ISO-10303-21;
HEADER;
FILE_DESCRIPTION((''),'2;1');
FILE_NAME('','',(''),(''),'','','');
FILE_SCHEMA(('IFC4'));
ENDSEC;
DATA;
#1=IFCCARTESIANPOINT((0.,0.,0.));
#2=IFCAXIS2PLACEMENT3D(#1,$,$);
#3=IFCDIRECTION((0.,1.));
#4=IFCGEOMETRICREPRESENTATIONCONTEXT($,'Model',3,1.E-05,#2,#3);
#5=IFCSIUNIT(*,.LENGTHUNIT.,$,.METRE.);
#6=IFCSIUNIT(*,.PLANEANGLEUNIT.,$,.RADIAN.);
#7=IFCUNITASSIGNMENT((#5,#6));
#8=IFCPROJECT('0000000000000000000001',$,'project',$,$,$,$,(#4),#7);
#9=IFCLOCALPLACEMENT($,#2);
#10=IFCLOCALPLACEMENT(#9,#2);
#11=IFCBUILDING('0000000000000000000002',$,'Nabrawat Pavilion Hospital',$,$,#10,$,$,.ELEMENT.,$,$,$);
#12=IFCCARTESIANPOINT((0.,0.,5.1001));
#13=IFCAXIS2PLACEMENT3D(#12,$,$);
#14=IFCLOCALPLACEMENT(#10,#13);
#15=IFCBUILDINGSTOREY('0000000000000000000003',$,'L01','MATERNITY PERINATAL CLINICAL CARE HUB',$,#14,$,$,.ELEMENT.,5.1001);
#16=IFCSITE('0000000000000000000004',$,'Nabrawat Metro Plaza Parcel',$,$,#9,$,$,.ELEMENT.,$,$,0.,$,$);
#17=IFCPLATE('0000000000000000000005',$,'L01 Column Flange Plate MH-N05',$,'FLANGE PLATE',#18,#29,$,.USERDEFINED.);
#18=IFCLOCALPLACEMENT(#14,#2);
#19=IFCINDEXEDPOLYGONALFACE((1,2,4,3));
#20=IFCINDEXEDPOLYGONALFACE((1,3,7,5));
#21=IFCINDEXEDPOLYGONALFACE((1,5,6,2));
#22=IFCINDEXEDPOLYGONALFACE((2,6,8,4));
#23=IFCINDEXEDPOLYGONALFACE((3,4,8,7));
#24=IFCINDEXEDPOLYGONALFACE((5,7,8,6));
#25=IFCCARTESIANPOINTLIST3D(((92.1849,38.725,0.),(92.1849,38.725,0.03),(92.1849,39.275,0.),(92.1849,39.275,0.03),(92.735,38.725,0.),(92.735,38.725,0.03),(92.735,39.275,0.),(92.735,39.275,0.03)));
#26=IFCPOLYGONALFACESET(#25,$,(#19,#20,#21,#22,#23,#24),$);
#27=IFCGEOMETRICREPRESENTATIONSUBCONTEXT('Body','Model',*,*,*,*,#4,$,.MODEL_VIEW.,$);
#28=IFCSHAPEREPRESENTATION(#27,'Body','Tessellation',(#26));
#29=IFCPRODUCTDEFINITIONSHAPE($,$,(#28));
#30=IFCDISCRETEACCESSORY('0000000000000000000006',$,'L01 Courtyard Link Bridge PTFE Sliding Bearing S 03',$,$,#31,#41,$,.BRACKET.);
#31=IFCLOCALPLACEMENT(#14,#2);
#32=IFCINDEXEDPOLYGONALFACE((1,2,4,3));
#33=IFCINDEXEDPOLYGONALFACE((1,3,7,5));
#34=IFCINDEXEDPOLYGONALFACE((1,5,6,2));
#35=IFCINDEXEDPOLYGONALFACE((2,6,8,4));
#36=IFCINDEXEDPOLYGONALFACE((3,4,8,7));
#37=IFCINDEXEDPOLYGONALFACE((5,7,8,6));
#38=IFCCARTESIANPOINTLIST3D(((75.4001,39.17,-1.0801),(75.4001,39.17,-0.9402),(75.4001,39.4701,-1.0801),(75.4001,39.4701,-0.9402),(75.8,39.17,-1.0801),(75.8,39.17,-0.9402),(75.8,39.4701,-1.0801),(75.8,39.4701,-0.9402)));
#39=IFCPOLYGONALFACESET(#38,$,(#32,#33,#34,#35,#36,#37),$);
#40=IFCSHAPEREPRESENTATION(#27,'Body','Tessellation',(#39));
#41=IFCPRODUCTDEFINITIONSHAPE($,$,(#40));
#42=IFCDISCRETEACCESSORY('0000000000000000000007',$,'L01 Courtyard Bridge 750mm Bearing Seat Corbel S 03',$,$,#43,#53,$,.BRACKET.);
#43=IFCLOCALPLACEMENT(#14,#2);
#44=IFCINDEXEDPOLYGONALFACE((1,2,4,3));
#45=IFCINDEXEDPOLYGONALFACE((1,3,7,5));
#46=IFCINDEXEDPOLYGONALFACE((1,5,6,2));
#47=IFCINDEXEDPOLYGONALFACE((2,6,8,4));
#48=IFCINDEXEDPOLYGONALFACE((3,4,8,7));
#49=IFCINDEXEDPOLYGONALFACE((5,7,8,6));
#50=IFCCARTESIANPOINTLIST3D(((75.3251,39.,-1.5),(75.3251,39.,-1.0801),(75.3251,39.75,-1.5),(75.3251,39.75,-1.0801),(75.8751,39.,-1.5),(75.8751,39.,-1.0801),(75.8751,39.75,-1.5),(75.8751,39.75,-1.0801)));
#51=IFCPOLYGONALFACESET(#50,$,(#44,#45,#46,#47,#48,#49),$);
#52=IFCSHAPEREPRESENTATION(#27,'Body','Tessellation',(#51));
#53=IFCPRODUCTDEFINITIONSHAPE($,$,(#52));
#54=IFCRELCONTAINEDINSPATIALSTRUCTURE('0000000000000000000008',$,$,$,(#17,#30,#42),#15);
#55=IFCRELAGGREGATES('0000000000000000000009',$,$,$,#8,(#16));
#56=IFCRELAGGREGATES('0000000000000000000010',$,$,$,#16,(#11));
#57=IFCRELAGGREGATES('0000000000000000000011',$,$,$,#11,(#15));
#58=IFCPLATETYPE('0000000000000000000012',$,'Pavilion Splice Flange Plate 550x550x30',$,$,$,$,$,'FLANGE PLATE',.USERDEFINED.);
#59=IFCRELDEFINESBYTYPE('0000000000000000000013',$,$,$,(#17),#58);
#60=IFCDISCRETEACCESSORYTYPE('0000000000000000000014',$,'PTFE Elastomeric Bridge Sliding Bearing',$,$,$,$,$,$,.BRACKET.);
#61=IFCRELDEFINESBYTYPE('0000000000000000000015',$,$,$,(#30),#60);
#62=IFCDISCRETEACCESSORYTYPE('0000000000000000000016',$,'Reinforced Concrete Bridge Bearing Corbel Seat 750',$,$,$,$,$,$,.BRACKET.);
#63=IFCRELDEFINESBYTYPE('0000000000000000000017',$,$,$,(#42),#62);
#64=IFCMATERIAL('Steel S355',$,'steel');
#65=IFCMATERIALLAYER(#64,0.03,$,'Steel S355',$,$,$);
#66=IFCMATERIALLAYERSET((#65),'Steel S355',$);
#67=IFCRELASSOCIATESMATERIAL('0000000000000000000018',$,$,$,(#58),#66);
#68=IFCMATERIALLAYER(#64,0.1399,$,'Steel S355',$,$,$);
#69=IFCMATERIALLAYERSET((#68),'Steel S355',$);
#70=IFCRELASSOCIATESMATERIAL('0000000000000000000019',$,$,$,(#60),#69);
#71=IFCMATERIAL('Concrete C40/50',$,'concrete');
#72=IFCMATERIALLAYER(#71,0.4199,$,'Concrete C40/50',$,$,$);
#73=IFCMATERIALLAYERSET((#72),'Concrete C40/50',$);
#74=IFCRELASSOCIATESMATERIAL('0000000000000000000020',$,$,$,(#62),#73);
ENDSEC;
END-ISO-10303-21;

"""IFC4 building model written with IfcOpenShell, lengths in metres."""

from ifc_helpers import new_model, si_unit, direction, frame, origin, origin_2d, place, context, subcontext, project, spatial, rectangle, extrude, material, layer, layer_set, type_object, element, save


model = new_model("IFC4")

# Units and contexts
model_context = context("Model", 3, precision=1e-05, world=origin(), true_north=direction((0.0, 1.0)))
body_context = subcontext(model_context, "Body", "Model", "MODEL_VIEW")
ifc_project = project(units=[si_unit("LENGTHUNIT", "METRE"), si_unit("PLANEANGLEUNIT", "RADIAN")], contexts=[model_context])

# Site, building, storey
site_placement = place(None, origin())
site = spatial("IfcSite", under=ifc_project, at=site_placement, Name="Nabrawat Metro Plaza Parcel", CompositionType="ELEMENT", RefElevation=0.0)
building_placement = place(site_placement, origin())
building = spatial("IfcBuilding", under=site, at=building_placement, Name="Nabrawat Pavilion Hospital", CompositionType="ELEMENT")
storey_placement = place(building_placement, frame((0.0, 0.0, 5.1001)))
storey = spatial("IfcBuildingStorey", under=building, at=storey_placement, Name="L01", Description="MATERNITY PERINATAL CLINICAL CARE HUB", CompositionType="ELEMENT", Elevation=5.1001)

# Shared definitions
ifc_material_1 = material(Name="Steel S355", Category="steel")

# Plate
ifc_layer_1 = layer(ifc_material_1, 0.03, Name="Steel S355")
ifc_layer_set_1 = layer_set([ifc_layer_1], Name="Steel S355")
plate_type_1 = type_object("IfcPlateType", Name="Pavilion Splice Flange Plate 550x550x30", ElementType="FLANGE PLATE", PredefinedType="USERDEFINED", material=ifc_layer_set_1)
for number, where, z_axis, x_axis, name in (
    (1, (92.46, 39.0, 0.0), (0.0, 0.0, 1.0), (1.0, 0.0, 0.0), "L01 Column Flange Plate MH-N05"),
):
    element("IfcPlate", number, at=place(storey_placement, frame(where, z_axis=z_axis, x_axis=x_axis)), inside=storey, type_object=plate_type_1, Name=name, ObjectType="FLANGE PLATE", PredefinedType="USERDEFINED", context=body_context, shape_type="SweptSolid", body=[
        extrude(rectangle(XDim=0.55, YDim=0.55, at=origin_2d()), origin(), (0.0, 0.0, 1.0), 0.03),
    ])

# Discrete accessories
ifc_layer_2 = layer(ifc_material_1, 0.1399, Name="Steel S355")
ifc_layer_set_2 = layer_set([ifc_layer_2], Name="Steel S355")
discrete_accessory_type_1 = type_object("IfcDiscreteAccessoryType", Name="PTFE Elastomeric Bridge Sliding Bearing", PredefinedType="BRACKET", material=ifc_layer_set_2)
discrete_accessory_1_placement = place(storey_placement, frame((75.6001, 39.3201, -1.0801), z_axis=(0.0, 0.0, 1.0), x_axis=(1.0, 0.0, 0.0)))
element("IfcDiscreteAccessory", 2, at=discrete_accessory_1_placement, inside=storey, type_object=discrete_accessory_type_1, Name="L01 Courtyard Link Bridge PTFE Sliding Bearing S 03", PredefinedType="BRACKET", context=body_context, shape_type="SweptSolid", body=[
    extrude(rectangle(XDim=0.3999, YDim=0.3, at=origin_2d()), origin(), (0.0, 0.0, 1.0), 0.1399),
])
ifc_material_2 = material(Name="Concrete C40/50", Category="concrete")
ifc_layer_3 = layer(ifc_material_2, 0.4199, Name="Concrete C40/50")
ifc_layer_set_3 = layer_set([ifc_layer_3], Name="Concrete C40/50")
discrete_accessory_type_2 = type_object("IfcDiscreteAccessoryType", Name="Reinforced Concrete Bridge Bearing Corbel Seat 750", PredefinedType="BRACKET", material=ifc_layer_set_3)
discrete_accessory_2_placement = place(storey_placement, frame((75.6001, 39.375, -1.5), z_axis=(0.0, 0.0, 1.0), x_axis=(1.0, 0.0, 0.0)))
element("IfcDiscreteAccessory", 3, at=discrete_accessory_2_placement, inside=storey, type_object=discrete_accessory_type_2, Name="L01 Courtyard Bridge 750mm Bearing Seat Corbel S 03", PredefinedType="BRACKET", context=body_context, shape_type="SweptSolid", body=[
    extrude(rectangle(XDim=0.55, YDim=0.75, at=origin_2d()), origin(), (0.0, 0.0, 1.0), 0.4199),
])

save(model, "model.ifc")
